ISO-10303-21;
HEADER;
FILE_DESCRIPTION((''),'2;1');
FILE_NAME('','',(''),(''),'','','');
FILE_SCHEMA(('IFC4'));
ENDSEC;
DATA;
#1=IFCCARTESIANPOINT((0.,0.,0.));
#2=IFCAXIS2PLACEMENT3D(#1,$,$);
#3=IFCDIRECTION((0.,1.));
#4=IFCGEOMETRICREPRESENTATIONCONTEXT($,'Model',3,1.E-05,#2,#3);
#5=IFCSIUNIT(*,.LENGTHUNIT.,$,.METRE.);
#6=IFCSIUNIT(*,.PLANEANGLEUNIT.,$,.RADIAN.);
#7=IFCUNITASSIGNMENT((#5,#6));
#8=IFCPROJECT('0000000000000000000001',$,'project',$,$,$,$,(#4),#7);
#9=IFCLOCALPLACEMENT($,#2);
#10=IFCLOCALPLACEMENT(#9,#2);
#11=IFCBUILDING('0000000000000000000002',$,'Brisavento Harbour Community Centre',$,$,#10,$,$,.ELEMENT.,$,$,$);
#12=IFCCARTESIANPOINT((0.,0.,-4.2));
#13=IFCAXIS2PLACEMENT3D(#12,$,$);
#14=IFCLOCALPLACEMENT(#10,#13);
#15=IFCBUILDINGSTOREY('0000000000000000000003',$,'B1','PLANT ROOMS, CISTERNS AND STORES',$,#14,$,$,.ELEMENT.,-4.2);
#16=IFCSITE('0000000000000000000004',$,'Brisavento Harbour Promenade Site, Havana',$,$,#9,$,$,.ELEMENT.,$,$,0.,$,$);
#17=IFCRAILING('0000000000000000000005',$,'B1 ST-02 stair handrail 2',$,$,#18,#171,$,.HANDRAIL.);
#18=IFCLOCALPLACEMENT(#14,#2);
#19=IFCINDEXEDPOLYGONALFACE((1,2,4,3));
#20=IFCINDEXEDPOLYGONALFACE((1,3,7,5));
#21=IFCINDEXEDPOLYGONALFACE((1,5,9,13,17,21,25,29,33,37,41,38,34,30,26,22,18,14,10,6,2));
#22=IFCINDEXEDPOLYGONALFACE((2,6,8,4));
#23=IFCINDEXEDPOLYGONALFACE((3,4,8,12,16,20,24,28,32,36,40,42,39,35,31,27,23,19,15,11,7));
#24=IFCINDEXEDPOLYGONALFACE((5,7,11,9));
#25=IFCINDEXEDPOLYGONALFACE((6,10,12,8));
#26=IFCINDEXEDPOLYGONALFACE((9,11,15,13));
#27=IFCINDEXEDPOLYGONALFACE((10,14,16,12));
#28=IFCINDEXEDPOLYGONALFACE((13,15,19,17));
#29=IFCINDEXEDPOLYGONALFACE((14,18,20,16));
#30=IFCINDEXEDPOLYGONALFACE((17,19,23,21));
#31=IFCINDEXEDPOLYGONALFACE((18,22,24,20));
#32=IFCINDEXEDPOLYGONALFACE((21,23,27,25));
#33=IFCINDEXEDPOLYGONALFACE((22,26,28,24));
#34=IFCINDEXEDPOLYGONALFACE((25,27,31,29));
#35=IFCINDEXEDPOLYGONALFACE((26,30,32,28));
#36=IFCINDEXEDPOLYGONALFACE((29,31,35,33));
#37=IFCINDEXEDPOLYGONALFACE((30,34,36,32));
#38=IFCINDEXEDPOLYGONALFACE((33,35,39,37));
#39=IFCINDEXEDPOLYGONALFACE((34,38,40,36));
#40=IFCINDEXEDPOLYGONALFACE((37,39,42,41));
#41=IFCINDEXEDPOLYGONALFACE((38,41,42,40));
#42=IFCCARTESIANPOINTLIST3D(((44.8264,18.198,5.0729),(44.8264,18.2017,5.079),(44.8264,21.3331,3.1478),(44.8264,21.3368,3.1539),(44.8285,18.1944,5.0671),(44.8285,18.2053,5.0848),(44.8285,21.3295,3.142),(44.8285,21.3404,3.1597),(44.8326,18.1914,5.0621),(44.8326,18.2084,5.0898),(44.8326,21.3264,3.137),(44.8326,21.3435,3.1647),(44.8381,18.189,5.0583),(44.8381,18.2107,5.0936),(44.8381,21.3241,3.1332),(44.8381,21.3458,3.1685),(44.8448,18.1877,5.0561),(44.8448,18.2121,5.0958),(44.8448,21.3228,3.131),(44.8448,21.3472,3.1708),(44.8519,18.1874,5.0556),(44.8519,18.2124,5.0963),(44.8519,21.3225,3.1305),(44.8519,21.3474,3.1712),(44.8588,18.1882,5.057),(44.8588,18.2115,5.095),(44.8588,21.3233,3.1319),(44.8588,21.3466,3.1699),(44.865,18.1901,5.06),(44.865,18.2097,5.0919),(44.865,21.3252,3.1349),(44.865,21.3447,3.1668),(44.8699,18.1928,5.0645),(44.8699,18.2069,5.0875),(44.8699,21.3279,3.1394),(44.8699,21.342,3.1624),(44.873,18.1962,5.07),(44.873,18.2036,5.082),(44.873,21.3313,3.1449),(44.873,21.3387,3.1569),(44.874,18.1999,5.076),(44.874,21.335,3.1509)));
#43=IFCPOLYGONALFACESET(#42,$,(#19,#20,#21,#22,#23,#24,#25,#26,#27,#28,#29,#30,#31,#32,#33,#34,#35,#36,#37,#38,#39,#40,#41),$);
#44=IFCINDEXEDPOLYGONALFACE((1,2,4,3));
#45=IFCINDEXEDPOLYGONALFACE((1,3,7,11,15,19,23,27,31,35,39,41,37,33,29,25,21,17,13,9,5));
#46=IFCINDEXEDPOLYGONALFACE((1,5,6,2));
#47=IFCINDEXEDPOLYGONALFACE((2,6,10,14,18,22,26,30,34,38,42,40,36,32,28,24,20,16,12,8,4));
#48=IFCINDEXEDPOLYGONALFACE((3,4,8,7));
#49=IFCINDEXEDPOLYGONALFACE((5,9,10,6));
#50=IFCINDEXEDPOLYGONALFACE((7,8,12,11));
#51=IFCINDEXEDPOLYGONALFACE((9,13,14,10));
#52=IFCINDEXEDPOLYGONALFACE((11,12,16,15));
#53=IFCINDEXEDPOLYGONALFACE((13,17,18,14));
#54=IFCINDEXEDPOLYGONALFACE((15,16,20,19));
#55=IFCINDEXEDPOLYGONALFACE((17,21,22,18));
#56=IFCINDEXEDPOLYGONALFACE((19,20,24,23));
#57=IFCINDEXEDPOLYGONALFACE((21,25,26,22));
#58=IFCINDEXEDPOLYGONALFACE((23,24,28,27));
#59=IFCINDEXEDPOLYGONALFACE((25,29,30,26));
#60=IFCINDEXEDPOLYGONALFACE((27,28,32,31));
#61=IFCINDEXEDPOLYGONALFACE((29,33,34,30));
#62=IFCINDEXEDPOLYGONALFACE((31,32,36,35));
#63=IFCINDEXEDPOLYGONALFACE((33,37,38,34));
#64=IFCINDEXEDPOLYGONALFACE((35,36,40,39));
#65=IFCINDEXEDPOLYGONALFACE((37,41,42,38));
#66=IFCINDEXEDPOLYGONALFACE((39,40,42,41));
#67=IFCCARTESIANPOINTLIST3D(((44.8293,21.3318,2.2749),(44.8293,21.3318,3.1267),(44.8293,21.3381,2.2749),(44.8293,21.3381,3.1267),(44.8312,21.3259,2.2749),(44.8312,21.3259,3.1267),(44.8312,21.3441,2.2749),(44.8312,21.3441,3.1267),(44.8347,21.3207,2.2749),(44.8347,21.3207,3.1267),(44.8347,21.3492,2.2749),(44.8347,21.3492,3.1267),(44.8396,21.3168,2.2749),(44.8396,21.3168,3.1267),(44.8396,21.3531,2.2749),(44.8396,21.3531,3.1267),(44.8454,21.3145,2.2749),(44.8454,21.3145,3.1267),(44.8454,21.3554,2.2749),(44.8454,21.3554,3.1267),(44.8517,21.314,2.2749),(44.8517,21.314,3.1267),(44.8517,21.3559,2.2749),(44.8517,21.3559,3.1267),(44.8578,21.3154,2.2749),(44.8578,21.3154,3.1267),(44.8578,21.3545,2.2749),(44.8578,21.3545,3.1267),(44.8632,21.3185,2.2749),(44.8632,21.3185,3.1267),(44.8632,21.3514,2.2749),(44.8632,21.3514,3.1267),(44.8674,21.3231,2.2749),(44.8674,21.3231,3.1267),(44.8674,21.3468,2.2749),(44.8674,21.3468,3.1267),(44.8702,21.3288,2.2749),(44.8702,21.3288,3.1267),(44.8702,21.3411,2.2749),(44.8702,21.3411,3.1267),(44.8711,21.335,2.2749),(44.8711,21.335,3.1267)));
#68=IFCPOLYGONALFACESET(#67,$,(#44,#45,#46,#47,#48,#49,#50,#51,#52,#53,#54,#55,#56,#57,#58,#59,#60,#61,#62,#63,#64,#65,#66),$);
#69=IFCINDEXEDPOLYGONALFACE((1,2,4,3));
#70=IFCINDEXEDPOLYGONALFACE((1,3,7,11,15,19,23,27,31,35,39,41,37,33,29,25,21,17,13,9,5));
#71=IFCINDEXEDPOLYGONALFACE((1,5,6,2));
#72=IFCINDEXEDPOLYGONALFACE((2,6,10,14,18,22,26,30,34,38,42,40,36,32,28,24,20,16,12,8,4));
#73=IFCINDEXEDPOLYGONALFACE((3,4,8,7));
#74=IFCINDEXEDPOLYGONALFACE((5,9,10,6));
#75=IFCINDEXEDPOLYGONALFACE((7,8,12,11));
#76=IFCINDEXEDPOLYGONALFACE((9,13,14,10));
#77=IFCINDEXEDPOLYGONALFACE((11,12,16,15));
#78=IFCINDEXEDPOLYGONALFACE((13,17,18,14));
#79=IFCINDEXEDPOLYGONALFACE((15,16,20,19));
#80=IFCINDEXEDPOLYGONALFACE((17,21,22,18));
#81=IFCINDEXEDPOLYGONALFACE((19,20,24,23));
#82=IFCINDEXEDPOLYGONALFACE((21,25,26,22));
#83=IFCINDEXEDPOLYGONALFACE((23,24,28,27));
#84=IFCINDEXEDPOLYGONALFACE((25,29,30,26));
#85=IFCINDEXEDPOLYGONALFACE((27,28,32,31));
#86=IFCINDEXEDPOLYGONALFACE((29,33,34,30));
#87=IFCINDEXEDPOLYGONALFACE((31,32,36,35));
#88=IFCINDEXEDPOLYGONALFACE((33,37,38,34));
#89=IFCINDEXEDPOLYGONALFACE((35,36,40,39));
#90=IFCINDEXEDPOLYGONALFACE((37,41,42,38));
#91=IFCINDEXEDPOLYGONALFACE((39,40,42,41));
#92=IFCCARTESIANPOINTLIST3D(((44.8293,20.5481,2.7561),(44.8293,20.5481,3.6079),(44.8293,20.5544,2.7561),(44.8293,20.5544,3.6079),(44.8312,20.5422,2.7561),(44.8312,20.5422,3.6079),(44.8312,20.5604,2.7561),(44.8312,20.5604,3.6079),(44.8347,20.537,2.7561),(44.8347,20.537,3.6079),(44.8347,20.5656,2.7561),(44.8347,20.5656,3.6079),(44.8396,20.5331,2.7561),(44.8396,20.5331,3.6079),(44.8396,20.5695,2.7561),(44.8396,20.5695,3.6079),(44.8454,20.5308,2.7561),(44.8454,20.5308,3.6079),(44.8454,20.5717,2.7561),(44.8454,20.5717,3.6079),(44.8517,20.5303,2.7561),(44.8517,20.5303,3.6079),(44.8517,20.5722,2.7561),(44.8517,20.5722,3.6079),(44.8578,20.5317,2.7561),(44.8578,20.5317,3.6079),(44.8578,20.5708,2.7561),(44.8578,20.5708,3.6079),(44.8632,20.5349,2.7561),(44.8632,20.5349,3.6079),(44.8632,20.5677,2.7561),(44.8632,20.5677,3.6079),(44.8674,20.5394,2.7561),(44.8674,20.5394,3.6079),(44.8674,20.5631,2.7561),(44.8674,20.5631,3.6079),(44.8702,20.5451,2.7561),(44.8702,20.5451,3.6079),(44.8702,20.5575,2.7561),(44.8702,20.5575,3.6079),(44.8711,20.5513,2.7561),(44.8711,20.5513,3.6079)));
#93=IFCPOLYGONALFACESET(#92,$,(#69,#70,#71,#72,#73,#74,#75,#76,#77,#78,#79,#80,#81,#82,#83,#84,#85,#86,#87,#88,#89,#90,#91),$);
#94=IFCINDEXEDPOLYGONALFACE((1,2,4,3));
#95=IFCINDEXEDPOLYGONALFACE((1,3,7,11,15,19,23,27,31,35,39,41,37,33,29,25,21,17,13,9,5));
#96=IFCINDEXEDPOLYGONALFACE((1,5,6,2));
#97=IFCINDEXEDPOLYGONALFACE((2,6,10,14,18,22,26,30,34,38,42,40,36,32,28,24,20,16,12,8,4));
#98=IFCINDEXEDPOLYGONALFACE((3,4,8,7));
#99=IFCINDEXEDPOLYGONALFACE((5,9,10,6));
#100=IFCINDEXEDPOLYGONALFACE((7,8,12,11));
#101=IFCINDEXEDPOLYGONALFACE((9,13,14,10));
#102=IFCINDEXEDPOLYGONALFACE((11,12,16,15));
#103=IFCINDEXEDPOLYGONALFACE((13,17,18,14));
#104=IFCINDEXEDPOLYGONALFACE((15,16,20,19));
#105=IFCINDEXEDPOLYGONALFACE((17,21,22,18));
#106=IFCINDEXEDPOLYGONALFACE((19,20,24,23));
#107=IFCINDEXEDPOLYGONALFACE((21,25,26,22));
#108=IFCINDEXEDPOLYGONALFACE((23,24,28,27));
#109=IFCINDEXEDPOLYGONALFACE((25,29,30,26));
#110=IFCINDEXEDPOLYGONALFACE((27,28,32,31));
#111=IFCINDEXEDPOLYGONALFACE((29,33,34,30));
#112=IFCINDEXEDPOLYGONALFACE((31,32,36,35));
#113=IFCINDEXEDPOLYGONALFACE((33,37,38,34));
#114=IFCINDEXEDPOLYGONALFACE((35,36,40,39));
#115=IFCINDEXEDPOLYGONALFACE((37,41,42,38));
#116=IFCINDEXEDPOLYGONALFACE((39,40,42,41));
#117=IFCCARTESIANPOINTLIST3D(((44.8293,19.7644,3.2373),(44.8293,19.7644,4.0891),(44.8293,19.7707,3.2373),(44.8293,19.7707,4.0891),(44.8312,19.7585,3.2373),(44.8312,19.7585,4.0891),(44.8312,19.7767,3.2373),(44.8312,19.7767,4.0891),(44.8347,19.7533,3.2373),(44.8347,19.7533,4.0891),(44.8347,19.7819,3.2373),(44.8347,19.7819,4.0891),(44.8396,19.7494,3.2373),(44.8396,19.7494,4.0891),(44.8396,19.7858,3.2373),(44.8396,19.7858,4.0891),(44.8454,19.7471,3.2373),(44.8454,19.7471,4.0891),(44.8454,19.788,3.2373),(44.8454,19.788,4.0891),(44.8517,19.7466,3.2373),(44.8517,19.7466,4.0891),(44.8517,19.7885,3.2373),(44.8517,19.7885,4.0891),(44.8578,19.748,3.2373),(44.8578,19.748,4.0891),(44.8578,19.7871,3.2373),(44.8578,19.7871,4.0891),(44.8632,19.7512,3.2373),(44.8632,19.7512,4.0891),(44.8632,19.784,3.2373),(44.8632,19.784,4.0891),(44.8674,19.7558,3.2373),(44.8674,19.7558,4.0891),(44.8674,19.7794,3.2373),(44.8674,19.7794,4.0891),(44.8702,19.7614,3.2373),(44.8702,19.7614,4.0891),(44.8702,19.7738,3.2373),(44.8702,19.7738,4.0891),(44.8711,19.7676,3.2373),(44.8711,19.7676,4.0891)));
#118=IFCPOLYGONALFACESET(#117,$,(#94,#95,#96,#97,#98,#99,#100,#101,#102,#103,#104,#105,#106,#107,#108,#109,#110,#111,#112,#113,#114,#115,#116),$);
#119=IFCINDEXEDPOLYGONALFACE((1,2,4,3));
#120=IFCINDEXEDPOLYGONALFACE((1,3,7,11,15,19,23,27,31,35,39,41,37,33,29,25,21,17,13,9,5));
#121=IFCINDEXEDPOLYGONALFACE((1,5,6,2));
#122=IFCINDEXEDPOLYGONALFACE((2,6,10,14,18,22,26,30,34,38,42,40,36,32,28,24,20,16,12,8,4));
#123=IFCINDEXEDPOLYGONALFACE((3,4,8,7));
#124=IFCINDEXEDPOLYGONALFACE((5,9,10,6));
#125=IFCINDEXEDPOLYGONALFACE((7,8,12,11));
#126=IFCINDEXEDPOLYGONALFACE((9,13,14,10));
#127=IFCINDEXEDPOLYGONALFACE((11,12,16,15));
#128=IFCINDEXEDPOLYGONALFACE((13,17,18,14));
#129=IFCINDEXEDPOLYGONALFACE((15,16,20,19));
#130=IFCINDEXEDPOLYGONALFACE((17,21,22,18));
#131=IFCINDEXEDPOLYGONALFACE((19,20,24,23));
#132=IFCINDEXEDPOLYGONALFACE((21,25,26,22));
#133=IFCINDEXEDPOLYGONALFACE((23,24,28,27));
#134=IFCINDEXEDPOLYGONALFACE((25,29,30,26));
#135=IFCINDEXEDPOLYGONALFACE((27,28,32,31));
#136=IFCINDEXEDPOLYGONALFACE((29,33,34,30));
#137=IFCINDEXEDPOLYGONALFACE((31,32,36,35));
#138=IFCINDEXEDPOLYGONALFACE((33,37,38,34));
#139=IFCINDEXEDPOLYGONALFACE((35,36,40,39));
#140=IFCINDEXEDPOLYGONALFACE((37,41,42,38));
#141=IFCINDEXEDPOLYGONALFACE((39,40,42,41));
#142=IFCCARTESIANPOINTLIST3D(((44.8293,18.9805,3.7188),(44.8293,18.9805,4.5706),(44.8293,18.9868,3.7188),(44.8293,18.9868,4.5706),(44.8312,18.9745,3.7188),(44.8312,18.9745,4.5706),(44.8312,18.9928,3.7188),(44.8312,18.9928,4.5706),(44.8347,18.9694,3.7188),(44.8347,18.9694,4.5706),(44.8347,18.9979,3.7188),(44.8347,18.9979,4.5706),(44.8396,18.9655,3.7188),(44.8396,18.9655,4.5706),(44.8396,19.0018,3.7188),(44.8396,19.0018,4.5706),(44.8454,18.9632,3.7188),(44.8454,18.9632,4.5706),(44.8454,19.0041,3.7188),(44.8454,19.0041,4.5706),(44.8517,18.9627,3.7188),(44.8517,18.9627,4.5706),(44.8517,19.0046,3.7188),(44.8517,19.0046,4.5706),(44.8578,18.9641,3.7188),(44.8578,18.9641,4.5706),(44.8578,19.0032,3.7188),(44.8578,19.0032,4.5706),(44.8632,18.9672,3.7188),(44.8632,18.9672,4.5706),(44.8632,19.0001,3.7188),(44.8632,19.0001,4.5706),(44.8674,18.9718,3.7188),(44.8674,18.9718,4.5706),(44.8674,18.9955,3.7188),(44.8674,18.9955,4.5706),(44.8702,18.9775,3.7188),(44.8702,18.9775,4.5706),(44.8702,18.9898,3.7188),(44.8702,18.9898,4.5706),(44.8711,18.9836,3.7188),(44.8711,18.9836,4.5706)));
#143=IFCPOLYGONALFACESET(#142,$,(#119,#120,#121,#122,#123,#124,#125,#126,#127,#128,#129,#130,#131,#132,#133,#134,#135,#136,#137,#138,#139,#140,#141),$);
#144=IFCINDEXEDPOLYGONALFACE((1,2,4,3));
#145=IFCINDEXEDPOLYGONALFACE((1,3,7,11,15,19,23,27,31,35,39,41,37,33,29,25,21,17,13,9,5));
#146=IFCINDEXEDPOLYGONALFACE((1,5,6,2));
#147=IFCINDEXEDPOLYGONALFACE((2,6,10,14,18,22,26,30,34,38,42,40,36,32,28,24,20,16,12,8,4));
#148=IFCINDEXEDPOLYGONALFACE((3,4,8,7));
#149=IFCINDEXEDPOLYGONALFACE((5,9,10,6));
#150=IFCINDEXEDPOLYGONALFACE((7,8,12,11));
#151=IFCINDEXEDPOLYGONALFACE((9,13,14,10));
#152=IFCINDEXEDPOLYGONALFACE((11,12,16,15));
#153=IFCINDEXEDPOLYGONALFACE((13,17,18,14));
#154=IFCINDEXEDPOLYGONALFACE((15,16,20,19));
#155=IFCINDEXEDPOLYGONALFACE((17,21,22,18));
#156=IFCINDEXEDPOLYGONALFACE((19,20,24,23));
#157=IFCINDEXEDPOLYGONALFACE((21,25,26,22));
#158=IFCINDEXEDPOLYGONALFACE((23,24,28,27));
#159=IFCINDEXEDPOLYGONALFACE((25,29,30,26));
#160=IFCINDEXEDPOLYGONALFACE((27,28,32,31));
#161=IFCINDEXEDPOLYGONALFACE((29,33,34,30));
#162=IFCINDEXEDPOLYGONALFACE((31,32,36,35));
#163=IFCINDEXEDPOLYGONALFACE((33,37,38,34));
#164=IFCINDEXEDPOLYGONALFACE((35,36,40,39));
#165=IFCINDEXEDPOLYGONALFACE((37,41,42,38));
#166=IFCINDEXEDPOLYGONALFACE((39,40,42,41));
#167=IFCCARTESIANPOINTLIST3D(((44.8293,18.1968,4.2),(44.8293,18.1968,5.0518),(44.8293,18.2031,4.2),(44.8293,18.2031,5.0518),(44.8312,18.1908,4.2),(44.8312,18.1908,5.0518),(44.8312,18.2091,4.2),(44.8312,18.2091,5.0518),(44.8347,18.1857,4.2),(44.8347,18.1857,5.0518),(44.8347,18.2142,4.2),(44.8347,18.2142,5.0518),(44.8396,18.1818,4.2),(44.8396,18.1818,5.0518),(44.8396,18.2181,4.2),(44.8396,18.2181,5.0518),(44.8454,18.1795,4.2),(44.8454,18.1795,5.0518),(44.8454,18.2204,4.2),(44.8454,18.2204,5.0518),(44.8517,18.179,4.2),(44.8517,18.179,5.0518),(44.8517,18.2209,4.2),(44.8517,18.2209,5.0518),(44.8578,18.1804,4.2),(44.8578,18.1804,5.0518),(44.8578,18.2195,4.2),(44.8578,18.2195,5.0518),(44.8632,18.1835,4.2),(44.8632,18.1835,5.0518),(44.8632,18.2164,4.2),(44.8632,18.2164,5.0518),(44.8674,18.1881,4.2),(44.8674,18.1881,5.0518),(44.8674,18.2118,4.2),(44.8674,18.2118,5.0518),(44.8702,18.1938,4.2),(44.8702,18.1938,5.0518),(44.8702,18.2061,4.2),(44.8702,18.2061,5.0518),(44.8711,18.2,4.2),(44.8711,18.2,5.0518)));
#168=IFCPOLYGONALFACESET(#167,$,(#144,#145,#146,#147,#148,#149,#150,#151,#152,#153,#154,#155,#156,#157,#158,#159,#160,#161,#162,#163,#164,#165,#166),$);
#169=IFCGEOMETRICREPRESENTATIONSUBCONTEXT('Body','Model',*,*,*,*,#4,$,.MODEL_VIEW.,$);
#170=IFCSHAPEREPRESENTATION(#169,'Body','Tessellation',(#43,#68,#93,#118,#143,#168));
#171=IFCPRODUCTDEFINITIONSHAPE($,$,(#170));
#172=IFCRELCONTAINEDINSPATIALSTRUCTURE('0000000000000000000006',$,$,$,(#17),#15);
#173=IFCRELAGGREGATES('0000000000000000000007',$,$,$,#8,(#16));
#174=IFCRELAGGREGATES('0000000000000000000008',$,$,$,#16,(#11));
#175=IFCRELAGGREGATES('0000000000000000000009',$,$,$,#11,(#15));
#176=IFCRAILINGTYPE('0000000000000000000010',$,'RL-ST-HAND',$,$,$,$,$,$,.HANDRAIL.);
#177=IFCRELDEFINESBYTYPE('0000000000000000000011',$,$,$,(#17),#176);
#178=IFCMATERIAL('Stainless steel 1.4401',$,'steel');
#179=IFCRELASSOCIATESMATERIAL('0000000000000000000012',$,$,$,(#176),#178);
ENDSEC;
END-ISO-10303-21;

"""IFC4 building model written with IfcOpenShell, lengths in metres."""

from ifc_helpers import new_model, si_unit, direction, frame, origin, origin_2d, place, context, subcontext, project, spatial, circle, extrude, material, type_object, element, save


model = new_model("IFC4")

# Units and contexts
model_context = context("Model", 3, precision=1e-05, world=origin(), true_north=direction((0.0, 1.0)))
body_context = subcontext(model_context, "Body", "Model", "MODEL_VIEW")
ifc_project = project(units=[si_unit("LENGTHUNIT", "METRE"), si_unit("PLANEANGLEUNIT", "RADIAN")], contexts=[model_context])

# Site, building, storey
site_placement = place(None, origin())
site = spatial("IfcSite", under=ifc_project, at=site_placement, Name="Brisavento Harbour Promenade Site, Havana", CompositionType="ELEMENT", RefElevation=0.0)
building_placement = place(site_placement, origin())
building = spatial("IfcBuilding", under=site, at=building_placement, Name="Brisavento Harbour Community Centre", CompositionType="ELEMENT")
storey_placement = place(building_placement, frame((0.0, 0.0, -4.2)))
storey = spatial("IfcBuildingStorey", under=building, at=storey_placement, Name="B1", Description="PLANT ROOMS, CISTERNS AND STORES", CompositionType="ELEMENT", Elevation=-4.2)

# Railing
ifc_material_1 = material(Name="Stainless steel 1.4401", Category="steel")
railing_type_1 = type_object("IfcRailingType", Name="RL-ST-HAND", PredefinedType="HANDRAIL", material=ifc_material_1)
railing_1_placement = place(storey_placement, frame((44.8501, 21.335, 2.2749)))
element("IfcRailing", 1, at=railing_1_placement, inside=storey, type_object=railing_type_1, Name="B1 ST-02 stair handrail 2", PredefinedType="HANDRAIL", context=body_context, shape_type="SweptSolid", body=[
    extrude(circle(Radius=0.0239, at=origin_2d()), frame((0.0, 0.0, 0.876), z_axis=(0.0, -0.852166, 0.523271), x_axis=(1.0, 0.0, 0.0)), (0.0, 0.0, 1.0), 3.679),
    extrude(circle(Radius=0.021, at=origin_2d()), origin(), (0.0, 0.0, 1.0), 0.8518),
    extrude(circle(Radius=0.021, at=origin_2d()), frame((0.0, -0.7837, 0.4812)), (0.0, 0.0, 1.0), 0.8518),
    extrude(circle(Radius=0.021, at=origin_2d()), frame((0.0, -1.5674, 0.9624)), (0.0, 0.0, 1.0), 0.8518),
    extrude(circle(Radius=0.021, at=origin_2d()), frame((0.0, -2.3513, 1.4438)), (0.0, 0.0, 1.0), 0.8518),
    extrude(circle(Radius=0.021, at=origin_2d()), frame((0.0, -3.135, 1.925)), (0.0, 0.0, 1.0), 0.8518),
])

save(model, "model.ifc")
